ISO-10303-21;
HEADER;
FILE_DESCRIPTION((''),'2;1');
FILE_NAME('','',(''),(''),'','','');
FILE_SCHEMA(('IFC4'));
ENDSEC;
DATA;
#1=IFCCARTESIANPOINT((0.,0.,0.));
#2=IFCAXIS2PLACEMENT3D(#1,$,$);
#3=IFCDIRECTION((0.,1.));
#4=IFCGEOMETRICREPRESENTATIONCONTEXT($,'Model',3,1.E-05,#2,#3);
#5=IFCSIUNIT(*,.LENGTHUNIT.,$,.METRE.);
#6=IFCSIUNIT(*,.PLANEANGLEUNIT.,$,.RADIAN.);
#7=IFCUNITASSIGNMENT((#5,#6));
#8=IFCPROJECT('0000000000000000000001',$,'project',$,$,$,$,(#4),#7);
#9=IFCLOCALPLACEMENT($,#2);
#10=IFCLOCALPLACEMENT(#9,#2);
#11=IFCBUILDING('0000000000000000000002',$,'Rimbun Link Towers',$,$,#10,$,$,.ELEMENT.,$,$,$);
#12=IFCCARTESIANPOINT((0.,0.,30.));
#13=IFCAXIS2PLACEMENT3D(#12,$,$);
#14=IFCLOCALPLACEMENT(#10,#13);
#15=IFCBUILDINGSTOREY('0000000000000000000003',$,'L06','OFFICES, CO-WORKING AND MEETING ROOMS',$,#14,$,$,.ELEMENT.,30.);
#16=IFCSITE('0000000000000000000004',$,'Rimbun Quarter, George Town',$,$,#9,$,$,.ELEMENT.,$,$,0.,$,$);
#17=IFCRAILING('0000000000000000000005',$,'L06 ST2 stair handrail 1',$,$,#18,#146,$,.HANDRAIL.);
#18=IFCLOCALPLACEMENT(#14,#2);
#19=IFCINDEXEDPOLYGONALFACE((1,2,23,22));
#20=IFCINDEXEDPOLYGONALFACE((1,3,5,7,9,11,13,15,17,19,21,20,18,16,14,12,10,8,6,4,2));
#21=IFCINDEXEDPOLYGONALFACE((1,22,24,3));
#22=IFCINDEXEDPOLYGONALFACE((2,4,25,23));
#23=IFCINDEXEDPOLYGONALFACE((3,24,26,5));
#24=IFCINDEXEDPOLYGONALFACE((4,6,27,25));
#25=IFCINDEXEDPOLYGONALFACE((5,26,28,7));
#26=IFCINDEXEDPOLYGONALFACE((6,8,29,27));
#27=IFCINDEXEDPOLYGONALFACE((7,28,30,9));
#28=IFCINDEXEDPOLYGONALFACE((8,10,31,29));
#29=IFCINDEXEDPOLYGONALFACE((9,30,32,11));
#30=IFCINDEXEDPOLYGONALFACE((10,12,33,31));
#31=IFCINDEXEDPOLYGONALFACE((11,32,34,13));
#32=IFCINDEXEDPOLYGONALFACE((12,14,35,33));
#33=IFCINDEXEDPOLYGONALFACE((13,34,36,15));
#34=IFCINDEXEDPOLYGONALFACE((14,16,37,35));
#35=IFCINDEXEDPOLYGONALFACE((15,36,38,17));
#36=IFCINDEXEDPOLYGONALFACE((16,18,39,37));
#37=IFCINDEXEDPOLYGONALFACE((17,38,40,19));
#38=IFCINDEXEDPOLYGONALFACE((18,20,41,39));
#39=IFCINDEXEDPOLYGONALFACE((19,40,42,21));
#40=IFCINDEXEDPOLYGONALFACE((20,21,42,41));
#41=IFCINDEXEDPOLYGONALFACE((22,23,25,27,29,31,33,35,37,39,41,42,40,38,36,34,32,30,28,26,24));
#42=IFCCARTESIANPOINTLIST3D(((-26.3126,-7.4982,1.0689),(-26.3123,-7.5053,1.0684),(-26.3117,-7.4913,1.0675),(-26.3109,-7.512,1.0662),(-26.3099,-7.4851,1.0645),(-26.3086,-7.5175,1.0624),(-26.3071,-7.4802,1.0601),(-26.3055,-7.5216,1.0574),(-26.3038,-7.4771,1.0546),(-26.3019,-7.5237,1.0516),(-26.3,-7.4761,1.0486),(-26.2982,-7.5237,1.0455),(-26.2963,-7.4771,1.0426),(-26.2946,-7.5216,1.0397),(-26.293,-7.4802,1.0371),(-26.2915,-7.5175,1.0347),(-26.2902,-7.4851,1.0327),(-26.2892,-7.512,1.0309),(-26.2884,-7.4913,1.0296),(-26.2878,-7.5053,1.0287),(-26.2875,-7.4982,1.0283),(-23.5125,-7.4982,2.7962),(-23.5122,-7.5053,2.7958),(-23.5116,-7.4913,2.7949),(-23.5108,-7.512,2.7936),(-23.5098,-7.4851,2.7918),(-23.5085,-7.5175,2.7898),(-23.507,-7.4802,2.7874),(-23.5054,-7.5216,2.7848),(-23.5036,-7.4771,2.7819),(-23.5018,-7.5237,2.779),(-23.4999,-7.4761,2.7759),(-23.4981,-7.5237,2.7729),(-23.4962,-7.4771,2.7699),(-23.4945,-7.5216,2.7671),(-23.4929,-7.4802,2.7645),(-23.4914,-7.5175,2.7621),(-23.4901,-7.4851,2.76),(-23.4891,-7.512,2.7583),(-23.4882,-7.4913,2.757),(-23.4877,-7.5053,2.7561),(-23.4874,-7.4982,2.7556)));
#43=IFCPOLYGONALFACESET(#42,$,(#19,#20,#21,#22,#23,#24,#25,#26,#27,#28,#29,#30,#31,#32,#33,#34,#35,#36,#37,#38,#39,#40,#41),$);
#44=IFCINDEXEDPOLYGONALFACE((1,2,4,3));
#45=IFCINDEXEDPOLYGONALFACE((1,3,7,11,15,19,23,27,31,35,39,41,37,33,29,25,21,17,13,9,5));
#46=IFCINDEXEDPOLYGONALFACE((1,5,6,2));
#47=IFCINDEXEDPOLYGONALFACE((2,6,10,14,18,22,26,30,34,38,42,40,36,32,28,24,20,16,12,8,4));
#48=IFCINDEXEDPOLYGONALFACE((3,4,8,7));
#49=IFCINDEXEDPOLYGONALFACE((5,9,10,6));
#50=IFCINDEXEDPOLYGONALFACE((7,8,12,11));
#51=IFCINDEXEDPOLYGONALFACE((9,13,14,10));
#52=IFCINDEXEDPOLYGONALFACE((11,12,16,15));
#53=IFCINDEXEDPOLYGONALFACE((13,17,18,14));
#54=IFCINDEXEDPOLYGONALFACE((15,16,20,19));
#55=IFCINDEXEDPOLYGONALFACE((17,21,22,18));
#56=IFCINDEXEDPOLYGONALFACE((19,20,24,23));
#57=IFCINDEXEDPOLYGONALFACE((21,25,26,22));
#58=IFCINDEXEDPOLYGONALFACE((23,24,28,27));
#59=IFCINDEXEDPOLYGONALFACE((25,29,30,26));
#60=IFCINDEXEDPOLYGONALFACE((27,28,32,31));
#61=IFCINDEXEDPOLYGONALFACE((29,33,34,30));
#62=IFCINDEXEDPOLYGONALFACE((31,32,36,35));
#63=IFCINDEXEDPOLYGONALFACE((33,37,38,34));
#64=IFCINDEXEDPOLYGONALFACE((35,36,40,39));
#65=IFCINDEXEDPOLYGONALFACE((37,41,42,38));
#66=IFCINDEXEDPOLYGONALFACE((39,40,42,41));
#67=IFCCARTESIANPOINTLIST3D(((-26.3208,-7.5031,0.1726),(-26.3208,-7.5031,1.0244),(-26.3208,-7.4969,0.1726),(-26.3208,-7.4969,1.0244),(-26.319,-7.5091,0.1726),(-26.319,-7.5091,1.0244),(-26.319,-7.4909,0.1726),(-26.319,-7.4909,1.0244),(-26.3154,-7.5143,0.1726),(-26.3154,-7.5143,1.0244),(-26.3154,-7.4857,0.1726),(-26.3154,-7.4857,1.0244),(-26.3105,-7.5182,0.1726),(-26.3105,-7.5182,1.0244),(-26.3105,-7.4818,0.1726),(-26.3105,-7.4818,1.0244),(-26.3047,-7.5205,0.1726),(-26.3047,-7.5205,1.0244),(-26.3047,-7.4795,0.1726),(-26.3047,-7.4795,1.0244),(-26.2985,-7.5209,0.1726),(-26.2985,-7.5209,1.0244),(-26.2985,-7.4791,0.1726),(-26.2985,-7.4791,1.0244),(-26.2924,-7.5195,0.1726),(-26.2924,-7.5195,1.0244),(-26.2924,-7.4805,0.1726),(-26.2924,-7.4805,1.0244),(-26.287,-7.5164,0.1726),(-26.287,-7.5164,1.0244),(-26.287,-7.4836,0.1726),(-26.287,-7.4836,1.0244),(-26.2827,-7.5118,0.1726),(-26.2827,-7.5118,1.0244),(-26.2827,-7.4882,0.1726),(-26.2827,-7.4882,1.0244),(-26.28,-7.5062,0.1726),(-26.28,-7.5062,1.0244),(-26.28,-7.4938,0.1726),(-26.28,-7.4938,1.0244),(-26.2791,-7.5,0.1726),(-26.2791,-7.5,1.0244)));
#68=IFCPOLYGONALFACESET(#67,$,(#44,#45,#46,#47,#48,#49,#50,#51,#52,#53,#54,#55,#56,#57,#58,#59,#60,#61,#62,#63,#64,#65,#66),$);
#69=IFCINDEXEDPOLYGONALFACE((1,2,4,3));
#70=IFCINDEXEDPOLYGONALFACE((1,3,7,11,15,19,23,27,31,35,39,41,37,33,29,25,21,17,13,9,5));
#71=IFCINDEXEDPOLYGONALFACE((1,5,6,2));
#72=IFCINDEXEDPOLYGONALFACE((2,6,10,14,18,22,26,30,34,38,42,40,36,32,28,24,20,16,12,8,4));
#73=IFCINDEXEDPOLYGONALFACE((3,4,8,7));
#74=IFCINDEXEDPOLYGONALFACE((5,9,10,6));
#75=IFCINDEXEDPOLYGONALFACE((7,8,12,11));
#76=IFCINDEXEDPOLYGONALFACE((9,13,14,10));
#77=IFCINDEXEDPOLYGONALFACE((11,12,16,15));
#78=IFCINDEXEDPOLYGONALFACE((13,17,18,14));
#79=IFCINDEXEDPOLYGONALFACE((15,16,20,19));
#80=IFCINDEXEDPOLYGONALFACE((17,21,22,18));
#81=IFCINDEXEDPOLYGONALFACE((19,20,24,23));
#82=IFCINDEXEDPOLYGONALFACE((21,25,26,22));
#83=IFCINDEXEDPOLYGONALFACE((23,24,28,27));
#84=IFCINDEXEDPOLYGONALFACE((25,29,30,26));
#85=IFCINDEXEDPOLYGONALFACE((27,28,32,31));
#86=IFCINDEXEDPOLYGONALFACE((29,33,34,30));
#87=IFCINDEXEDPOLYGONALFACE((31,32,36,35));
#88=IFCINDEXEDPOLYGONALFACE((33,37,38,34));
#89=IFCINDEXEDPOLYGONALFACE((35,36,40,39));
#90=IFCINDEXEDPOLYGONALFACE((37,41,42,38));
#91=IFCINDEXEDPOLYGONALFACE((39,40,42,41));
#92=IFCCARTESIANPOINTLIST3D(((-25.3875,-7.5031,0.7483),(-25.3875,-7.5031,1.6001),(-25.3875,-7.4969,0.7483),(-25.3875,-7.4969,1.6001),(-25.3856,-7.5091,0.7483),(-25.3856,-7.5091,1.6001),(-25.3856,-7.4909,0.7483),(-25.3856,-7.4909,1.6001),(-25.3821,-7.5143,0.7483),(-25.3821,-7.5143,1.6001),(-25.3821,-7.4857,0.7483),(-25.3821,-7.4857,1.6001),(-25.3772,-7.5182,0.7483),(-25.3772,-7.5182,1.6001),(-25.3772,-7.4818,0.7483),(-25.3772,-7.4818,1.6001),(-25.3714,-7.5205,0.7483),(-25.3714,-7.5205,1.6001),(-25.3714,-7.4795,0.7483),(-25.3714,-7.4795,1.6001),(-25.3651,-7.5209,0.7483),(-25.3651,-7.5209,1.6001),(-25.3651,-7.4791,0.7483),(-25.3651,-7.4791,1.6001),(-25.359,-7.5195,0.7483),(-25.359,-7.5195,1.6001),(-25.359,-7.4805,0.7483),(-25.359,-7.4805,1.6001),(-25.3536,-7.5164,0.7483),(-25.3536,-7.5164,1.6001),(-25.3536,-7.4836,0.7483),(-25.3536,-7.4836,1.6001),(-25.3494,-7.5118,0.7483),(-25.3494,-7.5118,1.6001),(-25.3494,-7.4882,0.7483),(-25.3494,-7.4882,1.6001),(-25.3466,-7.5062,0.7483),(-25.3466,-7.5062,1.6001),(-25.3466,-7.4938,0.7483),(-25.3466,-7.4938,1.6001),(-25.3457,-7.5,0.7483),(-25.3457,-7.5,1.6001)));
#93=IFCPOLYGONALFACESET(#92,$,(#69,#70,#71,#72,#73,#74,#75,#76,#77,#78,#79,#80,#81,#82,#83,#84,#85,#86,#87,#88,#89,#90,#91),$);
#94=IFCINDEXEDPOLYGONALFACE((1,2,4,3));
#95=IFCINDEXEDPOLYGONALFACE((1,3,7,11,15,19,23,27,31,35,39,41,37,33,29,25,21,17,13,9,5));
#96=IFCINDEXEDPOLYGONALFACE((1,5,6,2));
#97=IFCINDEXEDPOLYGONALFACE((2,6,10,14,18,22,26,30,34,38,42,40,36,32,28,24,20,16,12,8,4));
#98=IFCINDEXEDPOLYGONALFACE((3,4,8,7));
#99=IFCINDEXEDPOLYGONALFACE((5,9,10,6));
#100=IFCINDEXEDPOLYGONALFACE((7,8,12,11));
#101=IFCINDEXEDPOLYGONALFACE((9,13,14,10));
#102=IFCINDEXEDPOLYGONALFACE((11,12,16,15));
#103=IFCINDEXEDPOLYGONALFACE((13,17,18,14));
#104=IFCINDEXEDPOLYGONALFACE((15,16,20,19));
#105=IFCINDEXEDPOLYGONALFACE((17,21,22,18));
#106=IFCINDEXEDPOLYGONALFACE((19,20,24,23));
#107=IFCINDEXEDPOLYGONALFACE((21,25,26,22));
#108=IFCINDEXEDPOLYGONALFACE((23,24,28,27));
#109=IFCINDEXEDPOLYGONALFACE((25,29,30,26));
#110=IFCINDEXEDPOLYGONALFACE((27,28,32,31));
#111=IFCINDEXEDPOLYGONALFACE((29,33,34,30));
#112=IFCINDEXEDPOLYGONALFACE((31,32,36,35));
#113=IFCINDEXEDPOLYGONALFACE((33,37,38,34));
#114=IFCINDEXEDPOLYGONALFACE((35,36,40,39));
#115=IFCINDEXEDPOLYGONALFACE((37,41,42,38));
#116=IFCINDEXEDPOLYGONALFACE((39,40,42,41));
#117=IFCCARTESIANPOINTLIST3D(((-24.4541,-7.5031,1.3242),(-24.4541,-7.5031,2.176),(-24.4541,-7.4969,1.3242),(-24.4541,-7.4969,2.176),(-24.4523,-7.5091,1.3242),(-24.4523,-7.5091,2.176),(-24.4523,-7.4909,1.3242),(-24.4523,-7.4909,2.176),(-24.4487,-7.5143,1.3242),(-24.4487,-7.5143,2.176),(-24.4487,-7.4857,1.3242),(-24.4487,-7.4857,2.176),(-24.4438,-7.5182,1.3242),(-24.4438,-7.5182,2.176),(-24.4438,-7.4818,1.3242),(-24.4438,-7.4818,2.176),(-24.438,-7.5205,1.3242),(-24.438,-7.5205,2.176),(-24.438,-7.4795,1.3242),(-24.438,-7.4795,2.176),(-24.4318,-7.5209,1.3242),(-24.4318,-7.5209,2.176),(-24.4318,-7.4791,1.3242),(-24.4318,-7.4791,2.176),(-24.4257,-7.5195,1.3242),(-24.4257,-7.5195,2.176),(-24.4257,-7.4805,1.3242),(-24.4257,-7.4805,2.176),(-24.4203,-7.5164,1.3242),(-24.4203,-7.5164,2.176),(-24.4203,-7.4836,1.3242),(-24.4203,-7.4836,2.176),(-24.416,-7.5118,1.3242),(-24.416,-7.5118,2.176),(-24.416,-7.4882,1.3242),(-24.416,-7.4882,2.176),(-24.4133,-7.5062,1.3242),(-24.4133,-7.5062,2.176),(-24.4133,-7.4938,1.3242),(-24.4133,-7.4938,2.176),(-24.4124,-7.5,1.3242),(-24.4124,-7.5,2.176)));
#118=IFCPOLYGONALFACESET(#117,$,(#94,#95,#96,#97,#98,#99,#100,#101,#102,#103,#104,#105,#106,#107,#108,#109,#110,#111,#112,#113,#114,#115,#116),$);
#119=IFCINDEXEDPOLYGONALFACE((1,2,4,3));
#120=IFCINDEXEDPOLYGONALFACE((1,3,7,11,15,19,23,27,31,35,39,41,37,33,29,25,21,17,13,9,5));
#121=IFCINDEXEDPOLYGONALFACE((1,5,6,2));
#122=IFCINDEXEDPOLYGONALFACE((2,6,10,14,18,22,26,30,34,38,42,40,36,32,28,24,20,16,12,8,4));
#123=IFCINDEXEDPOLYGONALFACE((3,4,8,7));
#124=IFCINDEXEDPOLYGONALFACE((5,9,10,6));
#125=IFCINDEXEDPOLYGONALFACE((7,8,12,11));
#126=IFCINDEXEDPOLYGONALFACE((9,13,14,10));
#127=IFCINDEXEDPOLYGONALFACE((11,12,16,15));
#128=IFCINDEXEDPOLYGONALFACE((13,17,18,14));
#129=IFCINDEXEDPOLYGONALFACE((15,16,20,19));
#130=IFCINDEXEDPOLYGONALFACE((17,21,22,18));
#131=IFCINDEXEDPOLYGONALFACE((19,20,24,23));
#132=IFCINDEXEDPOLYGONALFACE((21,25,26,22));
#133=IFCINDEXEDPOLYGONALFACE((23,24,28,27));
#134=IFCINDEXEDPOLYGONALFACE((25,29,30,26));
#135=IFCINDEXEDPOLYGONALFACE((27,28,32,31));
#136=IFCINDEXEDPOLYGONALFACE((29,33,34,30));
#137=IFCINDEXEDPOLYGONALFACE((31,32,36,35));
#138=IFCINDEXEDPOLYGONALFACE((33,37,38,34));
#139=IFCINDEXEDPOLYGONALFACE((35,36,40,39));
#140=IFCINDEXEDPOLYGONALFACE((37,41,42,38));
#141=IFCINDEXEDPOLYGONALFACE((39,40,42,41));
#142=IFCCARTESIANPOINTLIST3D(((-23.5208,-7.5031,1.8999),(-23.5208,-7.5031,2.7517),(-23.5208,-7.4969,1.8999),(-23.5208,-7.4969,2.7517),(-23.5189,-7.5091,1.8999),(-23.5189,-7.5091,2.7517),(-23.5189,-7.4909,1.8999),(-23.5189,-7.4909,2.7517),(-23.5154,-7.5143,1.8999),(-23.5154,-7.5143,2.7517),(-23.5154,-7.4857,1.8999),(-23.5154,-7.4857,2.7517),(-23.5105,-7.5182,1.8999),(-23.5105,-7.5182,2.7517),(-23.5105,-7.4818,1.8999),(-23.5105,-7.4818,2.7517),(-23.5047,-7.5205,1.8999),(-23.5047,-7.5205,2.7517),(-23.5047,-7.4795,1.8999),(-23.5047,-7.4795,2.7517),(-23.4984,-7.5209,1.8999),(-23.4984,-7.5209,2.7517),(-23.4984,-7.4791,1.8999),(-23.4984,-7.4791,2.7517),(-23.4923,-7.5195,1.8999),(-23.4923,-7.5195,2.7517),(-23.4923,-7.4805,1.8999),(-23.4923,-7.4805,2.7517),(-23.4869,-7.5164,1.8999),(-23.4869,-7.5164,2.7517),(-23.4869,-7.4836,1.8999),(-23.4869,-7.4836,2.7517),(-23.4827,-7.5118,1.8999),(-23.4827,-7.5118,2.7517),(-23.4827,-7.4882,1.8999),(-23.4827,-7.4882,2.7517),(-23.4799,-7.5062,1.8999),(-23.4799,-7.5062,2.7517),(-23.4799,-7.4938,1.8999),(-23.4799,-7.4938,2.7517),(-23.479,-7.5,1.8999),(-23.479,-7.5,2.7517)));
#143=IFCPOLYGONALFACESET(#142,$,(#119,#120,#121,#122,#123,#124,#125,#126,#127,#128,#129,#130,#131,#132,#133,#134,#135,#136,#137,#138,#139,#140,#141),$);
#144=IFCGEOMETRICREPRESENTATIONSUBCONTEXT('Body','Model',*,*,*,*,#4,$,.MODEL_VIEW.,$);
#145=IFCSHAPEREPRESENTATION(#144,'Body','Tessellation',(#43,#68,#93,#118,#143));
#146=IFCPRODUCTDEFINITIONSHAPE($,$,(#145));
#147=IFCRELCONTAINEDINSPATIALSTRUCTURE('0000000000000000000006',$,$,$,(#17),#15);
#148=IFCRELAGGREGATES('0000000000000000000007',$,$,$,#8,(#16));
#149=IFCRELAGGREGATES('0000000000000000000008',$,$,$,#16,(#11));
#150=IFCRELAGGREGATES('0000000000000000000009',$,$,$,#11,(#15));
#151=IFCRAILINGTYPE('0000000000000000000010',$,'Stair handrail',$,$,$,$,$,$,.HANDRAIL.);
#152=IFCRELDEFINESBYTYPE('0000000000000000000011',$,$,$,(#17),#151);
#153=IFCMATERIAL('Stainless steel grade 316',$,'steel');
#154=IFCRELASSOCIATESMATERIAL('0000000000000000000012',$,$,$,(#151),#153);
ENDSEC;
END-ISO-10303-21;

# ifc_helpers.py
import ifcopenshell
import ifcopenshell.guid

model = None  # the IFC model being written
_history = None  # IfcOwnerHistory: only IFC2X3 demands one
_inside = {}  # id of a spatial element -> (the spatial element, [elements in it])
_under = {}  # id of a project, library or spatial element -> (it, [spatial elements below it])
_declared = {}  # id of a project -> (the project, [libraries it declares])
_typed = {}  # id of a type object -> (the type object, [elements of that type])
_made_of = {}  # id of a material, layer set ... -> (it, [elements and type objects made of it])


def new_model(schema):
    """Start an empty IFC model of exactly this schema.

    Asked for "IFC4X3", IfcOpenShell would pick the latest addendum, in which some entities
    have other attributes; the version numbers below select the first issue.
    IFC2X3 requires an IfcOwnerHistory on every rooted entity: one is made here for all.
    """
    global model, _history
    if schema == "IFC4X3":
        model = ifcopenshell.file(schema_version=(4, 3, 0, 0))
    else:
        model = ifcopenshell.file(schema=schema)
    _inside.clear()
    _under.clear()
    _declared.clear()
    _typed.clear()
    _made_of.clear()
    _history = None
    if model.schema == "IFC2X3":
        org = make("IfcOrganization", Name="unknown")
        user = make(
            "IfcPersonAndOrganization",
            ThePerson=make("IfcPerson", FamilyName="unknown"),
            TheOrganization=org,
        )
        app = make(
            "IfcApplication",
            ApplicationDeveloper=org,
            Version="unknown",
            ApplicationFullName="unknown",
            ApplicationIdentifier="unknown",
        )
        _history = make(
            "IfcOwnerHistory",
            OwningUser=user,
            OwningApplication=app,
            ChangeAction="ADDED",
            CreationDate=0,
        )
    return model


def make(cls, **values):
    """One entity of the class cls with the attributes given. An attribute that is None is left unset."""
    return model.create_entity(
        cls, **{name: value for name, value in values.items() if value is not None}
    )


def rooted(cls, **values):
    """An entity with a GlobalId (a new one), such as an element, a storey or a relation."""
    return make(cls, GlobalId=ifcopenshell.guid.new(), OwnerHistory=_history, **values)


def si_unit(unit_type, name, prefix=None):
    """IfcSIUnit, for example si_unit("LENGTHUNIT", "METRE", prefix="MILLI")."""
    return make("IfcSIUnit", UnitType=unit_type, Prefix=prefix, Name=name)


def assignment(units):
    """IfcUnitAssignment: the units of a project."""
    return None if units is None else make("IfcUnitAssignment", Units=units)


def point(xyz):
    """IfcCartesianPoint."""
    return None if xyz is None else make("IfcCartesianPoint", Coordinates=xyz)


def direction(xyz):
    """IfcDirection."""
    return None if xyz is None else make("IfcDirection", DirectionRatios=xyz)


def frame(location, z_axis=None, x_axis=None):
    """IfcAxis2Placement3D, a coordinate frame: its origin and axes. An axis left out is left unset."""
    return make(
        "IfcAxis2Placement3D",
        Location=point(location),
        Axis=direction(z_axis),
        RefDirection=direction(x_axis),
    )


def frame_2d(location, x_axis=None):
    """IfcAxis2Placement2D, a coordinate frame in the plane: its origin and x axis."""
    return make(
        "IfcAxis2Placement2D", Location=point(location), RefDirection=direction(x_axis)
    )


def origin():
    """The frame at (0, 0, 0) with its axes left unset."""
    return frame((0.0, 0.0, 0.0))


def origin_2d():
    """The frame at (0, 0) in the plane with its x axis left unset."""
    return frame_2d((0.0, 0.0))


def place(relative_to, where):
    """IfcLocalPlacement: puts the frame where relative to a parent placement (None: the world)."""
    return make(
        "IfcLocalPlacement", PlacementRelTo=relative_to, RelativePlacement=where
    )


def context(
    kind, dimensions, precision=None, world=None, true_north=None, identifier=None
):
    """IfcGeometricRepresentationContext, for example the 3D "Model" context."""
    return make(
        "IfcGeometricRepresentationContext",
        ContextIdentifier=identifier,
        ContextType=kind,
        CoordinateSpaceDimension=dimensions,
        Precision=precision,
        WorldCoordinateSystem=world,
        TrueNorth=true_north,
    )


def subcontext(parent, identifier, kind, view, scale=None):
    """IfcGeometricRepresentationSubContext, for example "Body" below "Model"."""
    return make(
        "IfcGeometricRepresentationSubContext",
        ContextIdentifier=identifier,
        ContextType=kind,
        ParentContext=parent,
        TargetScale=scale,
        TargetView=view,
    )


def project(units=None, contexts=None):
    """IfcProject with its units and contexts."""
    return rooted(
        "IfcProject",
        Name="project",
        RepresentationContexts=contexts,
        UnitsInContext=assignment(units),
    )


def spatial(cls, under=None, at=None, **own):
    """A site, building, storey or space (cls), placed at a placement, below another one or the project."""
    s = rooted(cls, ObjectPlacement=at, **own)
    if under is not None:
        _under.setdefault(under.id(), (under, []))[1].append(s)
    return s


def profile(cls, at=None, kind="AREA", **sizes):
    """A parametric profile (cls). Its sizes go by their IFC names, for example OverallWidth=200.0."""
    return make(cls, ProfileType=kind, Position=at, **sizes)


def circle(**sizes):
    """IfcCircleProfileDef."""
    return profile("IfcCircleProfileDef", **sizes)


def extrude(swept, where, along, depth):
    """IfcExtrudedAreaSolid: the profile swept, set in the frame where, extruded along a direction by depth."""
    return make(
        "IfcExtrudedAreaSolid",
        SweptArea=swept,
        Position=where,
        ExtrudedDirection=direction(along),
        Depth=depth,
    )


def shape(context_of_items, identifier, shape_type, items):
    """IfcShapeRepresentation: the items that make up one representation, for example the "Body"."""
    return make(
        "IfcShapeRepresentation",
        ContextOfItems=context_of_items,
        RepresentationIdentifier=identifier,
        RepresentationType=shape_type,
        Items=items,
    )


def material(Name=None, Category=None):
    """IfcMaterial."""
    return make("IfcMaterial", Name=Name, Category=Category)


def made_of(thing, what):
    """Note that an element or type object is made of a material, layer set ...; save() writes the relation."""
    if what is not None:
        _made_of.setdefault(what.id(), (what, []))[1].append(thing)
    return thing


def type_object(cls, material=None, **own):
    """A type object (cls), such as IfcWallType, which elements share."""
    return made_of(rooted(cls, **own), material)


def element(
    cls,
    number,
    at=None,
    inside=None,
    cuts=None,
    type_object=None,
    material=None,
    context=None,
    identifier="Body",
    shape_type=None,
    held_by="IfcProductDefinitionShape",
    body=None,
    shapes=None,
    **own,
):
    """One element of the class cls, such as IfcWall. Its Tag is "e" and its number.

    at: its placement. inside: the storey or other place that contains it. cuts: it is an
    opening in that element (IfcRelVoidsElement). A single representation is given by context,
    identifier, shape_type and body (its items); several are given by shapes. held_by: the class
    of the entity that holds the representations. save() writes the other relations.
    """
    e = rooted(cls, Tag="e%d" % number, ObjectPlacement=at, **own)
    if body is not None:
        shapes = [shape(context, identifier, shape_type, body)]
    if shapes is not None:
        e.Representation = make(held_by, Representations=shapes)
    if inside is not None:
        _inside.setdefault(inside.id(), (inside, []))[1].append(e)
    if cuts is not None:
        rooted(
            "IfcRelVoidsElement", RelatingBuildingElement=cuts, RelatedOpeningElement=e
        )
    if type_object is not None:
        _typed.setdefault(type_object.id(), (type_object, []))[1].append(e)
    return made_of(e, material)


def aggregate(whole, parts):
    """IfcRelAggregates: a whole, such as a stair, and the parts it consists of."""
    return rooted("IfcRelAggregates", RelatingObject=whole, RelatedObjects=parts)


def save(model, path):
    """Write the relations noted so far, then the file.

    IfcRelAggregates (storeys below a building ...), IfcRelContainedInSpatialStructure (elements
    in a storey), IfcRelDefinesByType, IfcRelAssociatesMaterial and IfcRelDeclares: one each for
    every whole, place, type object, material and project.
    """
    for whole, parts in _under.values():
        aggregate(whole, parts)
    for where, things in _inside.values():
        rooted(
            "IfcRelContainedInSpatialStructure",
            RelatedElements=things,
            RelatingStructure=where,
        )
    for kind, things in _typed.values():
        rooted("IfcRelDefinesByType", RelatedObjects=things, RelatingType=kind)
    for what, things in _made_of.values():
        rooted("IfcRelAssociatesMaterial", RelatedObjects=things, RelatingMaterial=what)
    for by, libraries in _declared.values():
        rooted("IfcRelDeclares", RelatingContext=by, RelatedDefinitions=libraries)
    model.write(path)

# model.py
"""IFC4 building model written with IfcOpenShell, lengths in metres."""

from ifc_helpers import new_model, si_unit, direction, frame, origin, origin_2d, place, context, subcontext, project, spatial, circle, extrude, material, type_object, element, save


model = new_model("IFC4")

# Units and contexts
model_context = context("Model", 3, precision=1e-05, world=origin(), true_north=direction((0.0, 1.0)))
body_context = subcontext(model_context, "Body", "Model", "MODEL_VIEW")
ifc_project = project(units=[si_unit("LENGTHUNIT", "METRE"), si_unit("PLANEANGLEUNIT", "RADIAN")], contexts=[model_context])

# Site, building, storey
site_placement = place(None, origin())
site = spatial("IfcSite", under=ifc_project, at=site_placement, Name="Rimbun Quarter, George Town", CompositionType="ELEMENT", RefElevation=0.0)
building_placement = place(site_placement, origin())
building = spatial("IfcBuilding", under=site, at=building_placement, Name="Rimbun Link Towers", CompositionType="ELEMENT")
storey_placement = place(building_placement, frame((0.0, 0.0, 30.0)))
storey = spatial("IfcBuildingStorey", under=building, at=storey_placement, Name="L06", Description="OFFICES, CO-WORKING AND MEETING ROOMS", CompositionType="ELEMENT", Elevation=30.0)

# Railing
ifc_material_1 = material(Name="Stainless steel grade 316", Category="steel")
railing_type_1 = type_object("IfcRailingType", Name="Stair handrail", PredefinedType="HANDRAIL", material=ifc_material_1)
railing_1_placement = place(storey_placement, frame((-26.3, -7.5, 0.1726)))
element("IfcRailing", 1, at=railing_1_placement, inside=storey, type_object=railing_type_1, Name="L06 ST2 stair handrail 1", PredefinedType="HANDRAIL", context=body_context, shape_type="SweptSolid", body=[
    extrude(circle(Radius=0.0239, at=origin_2d()), frame((0.0, 0.0, 0.876), z_axis=(0.85109, 0.0, 0.52502), x_axis=(0.0, 1.0, 0.0)), (0.0, 0.0, 1.0), 3.29),
    extrude(circle(Radius=0.021, at=origin_2d()), origin(), (0.0, 0.0, 1.0), 0.8518),
    extrude(circle(Radius=0.021, at=origin_2d()), frame((0.9333, 0.0, 0.5757)), (0.0, 0.0, 1.0), 0.8518),
    extrude(circle(Radius=0.021, at=origin_2d()), frame((1.8667, 0.0, 1.1516)), (0.0, 0.0, 1.0), 0.8518),
    extrude(circle(Radius=0.021, at=origin_2d()), frame((2.8, 0.0, 1.7273)), (0.0, 0.0, 1.0), 0.8518),
])

save(model, "model.ifc")
